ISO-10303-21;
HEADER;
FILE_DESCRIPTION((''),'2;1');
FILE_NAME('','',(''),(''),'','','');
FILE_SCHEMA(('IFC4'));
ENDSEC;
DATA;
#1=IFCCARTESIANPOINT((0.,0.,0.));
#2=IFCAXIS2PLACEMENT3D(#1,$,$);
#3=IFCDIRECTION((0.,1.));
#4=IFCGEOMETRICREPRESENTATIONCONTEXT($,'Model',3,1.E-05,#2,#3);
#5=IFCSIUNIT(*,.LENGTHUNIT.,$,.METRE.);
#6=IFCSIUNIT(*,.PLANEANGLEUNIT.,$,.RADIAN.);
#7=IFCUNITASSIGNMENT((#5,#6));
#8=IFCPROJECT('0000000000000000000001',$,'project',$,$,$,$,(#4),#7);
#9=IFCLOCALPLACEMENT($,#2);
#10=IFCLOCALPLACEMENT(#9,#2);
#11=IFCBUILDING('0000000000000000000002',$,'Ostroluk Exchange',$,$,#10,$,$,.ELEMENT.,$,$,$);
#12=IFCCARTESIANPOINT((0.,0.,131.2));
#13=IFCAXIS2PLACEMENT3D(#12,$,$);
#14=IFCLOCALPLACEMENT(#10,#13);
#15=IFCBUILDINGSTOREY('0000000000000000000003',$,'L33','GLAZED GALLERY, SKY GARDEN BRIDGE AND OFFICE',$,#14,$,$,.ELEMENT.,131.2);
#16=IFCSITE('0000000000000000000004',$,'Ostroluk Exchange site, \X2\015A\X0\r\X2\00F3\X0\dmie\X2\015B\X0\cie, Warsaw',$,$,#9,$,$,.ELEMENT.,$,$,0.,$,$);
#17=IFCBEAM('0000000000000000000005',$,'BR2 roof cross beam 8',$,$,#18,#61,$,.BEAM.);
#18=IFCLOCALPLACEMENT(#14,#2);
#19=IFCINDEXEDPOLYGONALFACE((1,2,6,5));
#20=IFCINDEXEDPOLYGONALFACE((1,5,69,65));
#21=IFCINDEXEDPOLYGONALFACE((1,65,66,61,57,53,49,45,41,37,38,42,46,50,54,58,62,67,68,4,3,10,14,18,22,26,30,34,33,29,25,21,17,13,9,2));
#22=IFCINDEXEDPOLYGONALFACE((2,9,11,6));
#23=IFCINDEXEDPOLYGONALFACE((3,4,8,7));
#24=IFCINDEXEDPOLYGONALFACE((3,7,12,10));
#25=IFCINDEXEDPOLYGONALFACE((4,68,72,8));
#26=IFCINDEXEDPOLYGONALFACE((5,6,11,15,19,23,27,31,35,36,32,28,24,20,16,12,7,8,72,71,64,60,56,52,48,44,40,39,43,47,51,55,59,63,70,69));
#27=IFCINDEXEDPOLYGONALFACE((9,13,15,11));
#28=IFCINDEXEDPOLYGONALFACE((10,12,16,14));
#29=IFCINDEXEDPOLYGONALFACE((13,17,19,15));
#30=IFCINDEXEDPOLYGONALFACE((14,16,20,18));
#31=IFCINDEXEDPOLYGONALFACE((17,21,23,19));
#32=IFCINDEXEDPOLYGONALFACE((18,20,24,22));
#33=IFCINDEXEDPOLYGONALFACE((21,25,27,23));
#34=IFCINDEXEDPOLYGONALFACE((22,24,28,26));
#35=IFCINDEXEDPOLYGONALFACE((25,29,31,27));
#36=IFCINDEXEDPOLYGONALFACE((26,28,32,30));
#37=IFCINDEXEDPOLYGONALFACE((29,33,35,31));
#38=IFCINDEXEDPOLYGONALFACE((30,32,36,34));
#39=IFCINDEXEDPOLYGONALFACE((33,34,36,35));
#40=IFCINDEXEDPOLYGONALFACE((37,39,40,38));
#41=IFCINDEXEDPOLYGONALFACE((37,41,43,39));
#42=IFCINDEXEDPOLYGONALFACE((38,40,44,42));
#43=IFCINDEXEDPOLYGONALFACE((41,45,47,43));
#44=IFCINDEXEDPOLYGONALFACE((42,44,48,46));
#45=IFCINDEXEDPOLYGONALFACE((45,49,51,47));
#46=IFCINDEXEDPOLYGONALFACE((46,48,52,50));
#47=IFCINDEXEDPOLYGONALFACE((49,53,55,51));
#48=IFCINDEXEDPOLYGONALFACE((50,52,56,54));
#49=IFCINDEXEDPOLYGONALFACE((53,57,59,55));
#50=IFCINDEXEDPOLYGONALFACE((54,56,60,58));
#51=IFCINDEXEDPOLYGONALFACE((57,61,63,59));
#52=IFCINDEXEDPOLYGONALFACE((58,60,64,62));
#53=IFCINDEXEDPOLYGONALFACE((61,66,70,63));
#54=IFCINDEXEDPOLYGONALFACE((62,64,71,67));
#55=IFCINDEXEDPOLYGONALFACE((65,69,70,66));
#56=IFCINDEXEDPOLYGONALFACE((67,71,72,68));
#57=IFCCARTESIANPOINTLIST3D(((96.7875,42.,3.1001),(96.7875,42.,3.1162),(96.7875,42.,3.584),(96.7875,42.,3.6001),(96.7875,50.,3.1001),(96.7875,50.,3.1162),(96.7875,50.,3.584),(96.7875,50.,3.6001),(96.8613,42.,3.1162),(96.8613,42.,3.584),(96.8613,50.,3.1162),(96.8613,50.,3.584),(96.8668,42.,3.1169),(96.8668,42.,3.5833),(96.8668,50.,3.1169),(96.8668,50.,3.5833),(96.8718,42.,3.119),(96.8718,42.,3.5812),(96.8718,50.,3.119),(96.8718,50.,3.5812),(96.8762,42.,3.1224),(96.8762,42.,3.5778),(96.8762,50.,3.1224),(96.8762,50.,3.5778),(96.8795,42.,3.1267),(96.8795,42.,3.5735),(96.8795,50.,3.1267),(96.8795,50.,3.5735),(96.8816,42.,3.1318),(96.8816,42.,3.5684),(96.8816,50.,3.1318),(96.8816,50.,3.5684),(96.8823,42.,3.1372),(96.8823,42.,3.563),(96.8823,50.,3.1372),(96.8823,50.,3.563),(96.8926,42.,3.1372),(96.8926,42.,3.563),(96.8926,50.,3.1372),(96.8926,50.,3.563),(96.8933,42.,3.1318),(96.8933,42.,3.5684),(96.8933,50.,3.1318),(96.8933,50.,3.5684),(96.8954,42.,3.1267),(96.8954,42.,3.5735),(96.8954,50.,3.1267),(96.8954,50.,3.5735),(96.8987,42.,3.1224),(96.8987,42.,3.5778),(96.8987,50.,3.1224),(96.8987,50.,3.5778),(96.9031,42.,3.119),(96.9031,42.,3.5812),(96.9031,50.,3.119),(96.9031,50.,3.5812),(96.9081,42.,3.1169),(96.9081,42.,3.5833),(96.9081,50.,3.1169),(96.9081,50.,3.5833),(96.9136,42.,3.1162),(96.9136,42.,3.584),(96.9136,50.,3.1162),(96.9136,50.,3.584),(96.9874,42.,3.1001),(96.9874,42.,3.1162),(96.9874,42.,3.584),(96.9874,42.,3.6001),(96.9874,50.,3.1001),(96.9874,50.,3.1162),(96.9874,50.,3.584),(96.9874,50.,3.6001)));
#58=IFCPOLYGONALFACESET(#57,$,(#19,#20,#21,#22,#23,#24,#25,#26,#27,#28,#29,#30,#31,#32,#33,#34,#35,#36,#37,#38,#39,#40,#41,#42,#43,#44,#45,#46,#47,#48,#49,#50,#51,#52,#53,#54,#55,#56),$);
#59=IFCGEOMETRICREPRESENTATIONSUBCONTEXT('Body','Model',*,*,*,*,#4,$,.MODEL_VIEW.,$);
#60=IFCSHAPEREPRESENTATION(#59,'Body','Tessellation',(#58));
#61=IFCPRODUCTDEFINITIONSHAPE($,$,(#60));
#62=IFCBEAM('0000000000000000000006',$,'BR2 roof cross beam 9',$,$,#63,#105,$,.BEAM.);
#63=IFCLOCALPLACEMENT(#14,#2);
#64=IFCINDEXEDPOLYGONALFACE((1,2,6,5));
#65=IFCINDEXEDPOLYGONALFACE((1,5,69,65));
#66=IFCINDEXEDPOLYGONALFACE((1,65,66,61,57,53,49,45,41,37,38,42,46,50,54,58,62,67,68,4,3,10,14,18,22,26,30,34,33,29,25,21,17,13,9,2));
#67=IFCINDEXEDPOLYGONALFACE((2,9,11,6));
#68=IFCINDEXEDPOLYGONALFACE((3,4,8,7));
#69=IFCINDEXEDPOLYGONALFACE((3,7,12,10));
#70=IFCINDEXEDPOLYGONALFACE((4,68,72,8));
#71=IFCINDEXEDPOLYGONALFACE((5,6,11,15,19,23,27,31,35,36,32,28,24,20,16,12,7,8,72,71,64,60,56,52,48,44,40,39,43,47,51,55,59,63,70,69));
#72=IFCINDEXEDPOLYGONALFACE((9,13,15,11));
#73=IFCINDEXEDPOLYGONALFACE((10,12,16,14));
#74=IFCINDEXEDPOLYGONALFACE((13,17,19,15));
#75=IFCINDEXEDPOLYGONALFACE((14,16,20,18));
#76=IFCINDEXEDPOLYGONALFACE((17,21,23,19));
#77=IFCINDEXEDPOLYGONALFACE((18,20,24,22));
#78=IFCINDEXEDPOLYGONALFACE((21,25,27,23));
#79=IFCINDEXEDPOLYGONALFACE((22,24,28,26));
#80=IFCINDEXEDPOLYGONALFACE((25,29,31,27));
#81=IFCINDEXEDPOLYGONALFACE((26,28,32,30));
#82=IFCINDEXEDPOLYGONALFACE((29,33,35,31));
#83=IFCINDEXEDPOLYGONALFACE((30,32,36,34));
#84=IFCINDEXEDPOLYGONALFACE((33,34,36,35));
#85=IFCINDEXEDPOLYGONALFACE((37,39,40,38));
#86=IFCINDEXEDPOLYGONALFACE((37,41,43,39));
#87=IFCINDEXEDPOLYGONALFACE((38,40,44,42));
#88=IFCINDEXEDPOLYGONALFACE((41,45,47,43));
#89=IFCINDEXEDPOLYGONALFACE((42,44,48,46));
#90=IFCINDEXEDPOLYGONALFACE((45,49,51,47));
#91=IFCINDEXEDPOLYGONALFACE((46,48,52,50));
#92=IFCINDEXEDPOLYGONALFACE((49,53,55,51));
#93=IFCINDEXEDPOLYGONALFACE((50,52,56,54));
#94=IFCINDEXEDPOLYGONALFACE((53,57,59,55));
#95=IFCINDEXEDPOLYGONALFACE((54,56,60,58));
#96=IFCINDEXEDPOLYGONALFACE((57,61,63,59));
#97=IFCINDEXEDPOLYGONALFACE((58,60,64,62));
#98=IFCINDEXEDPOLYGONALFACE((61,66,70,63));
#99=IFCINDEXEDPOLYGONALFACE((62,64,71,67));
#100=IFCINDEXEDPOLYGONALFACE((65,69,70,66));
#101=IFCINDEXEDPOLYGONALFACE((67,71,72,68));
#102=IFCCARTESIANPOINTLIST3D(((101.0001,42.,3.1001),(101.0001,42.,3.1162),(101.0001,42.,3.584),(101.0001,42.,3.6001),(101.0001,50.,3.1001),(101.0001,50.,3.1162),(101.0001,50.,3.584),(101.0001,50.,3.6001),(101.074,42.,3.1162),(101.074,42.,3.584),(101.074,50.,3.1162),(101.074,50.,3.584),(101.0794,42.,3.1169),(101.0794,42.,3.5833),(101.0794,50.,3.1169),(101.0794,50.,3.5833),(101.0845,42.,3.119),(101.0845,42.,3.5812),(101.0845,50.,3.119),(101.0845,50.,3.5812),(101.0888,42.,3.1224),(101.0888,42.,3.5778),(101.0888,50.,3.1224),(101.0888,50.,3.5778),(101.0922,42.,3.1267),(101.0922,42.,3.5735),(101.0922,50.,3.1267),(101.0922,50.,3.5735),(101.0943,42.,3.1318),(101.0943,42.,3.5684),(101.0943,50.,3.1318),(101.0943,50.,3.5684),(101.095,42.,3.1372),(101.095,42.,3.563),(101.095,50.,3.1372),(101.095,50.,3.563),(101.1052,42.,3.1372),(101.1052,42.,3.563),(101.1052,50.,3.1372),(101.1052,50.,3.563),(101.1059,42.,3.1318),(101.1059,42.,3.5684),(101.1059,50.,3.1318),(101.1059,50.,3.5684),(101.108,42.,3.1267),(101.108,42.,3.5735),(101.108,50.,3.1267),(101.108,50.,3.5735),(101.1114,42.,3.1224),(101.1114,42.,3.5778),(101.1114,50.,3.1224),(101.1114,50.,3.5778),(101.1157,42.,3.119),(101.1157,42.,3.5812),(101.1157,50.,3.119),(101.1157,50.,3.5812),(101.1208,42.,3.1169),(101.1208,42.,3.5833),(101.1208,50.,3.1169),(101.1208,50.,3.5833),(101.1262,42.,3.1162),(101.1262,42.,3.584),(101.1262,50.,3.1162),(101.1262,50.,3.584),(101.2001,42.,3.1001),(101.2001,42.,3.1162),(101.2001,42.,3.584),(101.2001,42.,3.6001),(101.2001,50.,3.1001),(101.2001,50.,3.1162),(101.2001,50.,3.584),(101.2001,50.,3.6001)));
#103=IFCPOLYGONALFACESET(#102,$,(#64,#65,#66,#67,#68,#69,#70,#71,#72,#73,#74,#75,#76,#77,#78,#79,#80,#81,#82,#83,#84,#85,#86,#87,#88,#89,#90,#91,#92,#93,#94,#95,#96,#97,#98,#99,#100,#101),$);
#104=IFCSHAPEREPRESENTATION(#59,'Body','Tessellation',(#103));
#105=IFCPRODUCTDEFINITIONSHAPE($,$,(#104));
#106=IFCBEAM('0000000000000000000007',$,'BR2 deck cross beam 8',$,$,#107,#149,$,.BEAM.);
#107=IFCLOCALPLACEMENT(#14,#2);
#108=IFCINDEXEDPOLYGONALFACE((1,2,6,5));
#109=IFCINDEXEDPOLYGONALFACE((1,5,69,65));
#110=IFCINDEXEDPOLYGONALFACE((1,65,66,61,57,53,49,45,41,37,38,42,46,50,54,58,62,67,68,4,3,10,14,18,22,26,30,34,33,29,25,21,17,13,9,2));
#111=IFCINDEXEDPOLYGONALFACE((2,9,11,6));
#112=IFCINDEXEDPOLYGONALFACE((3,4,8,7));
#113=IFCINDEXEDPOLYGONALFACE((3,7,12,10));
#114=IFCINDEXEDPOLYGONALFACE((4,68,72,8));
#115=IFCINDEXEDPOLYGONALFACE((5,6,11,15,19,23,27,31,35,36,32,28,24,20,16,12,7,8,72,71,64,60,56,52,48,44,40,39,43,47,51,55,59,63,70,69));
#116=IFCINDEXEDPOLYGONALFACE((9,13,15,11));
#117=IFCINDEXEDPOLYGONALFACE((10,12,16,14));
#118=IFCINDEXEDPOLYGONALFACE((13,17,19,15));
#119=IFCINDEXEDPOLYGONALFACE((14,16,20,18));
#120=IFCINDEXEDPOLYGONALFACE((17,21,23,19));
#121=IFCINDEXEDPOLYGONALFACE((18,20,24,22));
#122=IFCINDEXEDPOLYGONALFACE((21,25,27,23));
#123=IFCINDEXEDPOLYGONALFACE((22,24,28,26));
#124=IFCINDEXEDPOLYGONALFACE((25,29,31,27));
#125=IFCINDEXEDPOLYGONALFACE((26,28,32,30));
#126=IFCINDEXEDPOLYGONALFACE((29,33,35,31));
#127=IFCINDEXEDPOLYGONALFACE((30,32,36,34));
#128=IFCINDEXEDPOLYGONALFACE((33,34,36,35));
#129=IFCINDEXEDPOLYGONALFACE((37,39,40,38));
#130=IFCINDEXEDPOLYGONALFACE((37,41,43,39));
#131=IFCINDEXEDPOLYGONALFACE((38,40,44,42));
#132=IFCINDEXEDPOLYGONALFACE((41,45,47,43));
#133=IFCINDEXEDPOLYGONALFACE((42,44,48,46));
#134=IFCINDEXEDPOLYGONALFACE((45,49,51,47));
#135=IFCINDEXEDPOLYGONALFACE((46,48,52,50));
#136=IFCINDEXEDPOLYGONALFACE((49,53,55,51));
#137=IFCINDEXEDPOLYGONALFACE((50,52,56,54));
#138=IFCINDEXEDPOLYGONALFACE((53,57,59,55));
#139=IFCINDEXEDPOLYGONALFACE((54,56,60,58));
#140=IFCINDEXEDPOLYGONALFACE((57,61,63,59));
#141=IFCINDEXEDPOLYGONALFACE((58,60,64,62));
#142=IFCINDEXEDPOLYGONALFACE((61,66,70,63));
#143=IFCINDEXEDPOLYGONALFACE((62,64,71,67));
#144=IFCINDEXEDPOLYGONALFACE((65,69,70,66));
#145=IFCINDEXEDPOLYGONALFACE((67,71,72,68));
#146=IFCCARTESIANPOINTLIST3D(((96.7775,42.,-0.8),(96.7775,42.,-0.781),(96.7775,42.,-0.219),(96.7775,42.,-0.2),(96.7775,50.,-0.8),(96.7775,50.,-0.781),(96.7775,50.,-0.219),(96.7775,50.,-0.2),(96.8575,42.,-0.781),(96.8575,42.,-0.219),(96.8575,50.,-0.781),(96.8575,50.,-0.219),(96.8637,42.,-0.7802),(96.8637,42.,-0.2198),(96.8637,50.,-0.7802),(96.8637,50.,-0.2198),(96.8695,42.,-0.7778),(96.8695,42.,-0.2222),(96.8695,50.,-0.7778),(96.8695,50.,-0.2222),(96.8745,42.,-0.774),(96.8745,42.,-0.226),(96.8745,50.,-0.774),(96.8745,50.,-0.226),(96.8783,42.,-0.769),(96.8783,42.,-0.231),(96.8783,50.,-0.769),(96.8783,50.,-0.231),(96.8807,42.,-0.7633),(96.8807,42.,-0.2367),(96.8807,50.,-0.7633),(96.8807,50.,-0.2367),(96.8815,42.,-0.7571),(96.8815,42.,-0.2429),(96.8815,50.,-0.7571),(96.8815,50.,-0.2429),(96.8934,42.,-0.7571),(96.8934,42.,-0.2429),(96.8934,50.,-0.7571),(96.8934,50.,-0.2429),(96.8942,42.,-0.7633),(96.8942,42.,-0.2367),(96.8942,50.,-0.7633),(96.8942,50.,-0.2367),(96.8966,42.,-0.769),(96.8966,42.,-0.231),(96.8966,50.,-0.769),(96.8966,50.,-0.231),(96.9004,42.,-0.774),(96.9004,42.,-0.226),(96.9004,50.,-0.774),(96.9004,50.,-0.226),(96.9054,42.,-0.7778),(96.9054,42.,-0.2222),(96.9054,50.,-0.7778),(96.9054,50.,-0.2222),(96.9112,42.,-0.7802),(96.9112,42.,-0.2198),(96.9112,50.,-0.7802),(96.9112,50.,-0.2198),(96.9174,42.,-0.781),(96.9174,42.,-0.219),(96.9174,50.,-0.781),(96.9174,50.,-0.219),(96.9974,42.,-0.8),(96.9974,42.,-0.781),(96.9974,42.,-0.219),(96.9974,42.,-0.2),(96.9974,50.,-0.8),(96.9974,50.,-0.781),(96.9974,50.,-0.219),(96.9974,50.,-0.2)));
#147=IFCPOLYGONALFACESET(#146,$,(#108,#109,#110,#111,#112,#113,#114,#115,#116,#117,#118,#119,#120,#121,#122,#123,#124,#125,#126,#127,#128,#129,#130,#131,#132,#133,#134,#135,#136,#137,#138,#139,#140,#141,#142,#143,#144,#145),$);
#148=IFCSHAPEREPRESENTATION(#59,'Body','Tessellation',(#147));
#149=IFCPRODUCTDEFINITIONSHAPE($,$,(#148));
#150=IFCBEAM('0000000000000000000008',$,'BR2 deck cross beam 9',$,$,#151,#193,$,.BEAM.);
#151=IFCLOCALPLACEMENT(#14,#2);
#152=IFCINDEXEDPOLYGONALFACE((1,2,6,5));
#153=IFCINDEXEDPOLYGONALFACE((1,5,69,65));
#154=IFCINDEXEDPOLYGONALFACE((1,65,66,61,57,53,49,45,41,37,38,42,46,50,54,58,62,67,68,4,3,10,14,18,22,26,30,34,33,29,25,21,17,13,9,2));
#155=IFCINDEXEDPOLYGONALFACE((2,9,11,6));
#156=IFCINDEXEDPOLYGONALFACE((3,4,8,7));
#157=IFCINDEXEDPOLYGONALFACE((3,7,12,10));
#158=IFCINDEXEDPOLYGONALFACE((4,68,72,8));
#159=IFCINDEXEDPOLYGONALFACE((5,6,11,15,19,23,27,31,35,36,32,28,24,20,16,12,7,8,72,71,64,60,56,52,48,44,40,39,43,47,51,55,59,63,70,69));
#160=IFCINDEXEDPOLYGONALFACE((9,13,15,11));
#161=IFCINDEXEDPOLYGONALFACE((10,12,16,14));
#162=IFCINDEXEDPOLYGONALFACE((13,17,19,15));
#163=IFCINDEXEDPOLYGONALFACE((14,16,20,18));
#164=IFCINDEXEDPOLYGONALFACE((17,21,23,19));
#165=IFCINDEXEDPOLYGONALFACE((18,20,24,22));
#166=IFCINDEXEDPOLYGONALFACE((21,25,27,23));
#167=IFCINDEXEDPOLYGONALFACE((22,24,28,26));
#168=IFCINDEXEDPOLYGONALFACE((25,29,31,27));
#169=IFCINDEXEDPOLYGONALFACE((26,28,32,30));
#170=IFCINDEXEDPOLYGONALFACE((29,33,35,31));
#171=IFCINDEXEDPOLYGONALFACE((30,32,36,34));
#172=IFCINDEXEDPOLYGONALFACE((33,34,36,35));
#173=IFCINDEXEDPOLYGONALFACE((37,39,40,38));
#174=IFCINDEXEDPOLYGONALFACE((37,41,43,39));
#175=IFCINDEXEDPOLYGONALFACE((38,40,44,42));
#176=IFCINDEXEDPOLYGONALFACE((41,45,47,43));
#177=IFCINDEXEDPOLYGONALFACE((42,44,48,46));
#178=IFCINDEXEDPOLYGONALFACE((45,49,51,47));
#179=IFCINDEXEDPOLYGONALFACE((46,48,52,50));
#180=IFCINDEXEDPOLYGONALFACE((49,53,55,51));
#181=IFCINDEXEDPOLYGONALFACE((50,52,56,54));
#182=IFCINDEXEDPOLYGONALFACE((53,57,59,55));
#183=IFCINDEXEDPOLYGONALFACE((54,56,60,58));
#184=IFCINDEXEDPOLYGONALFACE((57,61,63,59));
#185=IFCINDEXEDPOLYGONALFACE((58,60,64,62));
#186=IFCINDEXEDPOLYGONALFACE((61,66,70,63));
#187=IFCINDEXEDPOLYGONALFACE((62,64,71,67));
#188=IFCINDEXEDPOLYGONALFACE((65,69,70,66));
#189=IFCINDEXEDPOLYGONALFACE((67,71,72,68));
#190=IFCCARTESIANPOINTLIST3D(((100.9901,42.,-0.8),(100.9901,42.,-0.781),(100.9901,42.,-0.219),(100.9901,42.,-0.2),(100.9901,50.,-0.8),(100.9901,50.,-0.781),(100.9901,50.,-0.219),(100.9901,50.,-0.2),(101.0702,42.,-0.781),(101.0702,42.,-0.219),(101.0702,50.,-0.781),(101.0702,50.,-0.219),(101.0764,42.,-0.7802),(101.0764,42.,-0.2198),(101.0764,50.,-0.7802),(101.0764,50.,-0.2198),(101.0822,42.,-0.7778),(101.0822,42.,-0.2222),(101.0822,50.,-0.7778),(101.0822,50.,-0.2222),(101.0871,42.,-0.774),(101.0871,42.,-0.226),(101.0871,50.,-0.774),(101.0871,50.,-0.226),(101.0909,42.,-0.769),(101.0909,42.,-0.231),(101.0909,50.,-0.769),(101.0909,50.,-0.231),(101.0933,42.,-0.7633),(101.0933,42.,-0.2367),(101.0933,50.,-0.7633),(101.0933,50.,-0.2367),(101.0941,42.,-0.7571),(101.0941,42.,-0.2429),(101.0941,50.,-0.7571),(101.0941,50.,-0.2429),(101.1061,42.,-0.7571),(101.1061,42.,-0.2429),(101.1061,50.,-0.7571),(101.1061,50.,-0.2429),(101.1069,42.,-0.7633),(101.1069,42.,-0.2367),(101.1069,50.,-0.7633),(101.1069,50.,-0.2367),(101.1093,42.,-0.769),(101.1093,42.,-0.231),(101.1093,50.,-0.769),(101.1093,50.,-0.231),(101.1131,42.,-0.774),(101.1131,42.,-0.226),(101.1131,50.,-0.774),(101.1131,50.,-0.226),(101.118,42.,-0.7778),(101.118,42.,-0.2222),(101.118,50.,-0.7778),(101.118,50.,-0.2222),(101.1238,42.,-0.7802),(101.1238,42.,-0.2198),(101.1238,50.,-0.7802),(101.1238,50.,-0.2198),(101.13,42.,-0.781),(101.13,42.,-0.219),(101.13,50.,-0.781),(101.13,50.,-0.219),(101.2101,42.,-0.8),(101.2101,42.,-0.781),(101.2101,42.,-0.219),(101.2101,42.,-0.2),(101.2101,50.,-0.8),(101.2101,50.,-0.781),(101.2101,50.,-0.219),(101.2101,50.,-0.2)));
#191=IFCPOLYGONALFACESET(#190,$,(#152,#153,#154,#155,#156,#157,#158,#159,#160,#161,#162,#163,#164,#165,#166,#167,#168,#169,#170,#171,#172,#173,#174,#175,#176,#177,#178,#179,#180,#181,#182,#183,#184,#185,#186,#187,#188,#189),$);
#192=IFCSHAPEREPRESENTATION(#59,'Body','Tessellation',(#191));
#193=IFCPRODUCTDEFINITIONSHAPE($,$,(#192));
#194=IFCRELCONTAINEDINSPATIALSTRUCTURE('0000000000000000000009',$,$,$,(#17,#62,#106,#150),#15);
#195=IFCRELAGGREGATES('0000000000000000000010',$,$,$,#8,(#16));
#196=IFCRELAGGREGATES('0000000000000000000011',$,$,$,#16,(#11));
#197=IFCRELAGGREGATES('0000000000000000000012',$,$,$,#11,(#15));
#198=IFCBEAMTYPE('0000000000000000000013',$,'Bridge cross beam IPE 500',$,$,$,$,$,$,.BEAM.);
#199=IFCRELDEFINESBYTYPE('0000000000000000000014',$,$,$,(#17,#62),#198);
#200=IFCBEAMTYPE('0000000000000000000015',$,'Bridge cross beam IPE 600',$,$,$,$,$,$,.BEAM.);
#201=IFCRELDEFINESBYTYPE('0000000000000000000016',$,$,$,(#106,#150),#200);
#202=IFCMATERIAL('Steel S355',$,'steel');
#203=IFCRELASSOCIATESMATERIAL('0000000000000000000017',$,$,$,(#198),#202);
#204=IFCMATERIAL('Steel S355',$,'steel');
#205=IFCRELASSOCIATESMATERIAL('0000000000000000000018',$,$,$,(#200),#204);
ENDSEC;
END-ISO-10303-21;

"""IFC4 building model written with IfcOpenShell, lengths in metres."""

from ifc_helpers import new_model, si_unit, direction, frame, origin, origin_2d, place, context, subcontext, project, spatial, i_section, extrude, material, material_profile, profile_set, type_object, element, save


model = new_model("IFC4")

# Units and contexts
model_context = context("Model", 3, precision=1e-05, world=origin(), true_north=direction((0.0, 1.0)))
body_context = subcontext(model_context, "Body", "Model", "MODEL_VIEW")
ifc_project = project(units=[si_unit("LENGTHUNIT", "METRE"), si_unit("PLANEANGLEUNIT", "RADIAN")], contexts=[model_context])

# Site, building, storey
site_placement = place(None, origin())
site = spatial("IfcSite", under=ifc_project, at=site_placement, Name="Ostroluk Exchange site, Śródmieście, Warsaw", CompositionType="ELEMENT", RefElevation=0.0)
building_placement = place(site_placement, origin())
building = spatial("IfcBuilding", under=site, at=building_placement, Name="Ostroluk Exchange", CompositionType="ELEMENT")
storey_placement = place(building_placement, frame((0.0, 0.0, 131.2)))
storey = spatial("IfcBuildingStorey", under=building, at=storey_placement, Name="L33", Description="GLAZED GALLERY, SKY GARDEN BRIDGE AND OFFICE", CompositionType="ELEMENT", Elevation=131.2)

# Beams
ifc_material_1 = material(Name="Steel S355", Category="steel")
ifc_material_profile_1 = material_profile(ifc_material_1, i_section(OverallWidth=0.2, OverallDepth=0.5, WebThickness=0.0103, FlangeThickness=0.0161, FilletRadius=0.021, at=origin_2d()), Name="IPE 500")
ifc_profile_set_1 = profile_set([ifc_material_profile_1], Name="Steel S355")
beam_type_1 = type_object("IfcBeamType", Name="Bridge cross beam IPE 500", PredefinedType="BEAM", material=ifc_profile_set_1)
for number, where, z_axis, x_axis, name in (
    (1, (96.8875, 42.0, 3.3501), (0.0, 1.0, 0.0), (-1.0, 0.0, 0.0), "BR2 roof cross beam 8"),
    (2, (101.1001, 42.0, 3.3501), (0.0, 1.0, 0.0), (-1.0, 0.0, 0.0), "BR2 roof cross beam 9"),
):
    element("IfcBeam", number, at=place(storey_placement, frame(where, z_axis=z_axis, x_axis=x_axis)), inside=storey, type_object=beam_type_1, Name=name, PredefinedType="BEAM", context=body_context, shape_type="SweptSolid", body=[
        extrude(i_section(OverallWidth=0.2, OverallDepth=0.5, WebThickness=0.0103, FlangeThickness=0.0161, FilletRadius=0.021, at=origin_2d()), origin(), (0.0, 0.0, 1.0), 8.0),
    ])
ifc_material_2 = material(Name="Steel S355", Category="steel")
ifc_material_profile_2 = material_profile(ifc_material_2, i_section(OverallWidth=0.22, OverallDepth=0.6001, WebThickness=0.012, FlangeThickness=0.019, FilletRadius=0.0239, at=origin_2d()), Name="IPE 600")
ifc_profile_set_2 = profile_set([ifc_material_profile_2], Name="Steel S355")
beam_type_2 = type_object("IfcBeamType", Name="Bridge cross beam IPE 600", PredefinedType="BEAM", material=ifc_profile_set_2)
for number, where, z_axis, x_axis, name in (
    (3, (96.8875, 42.0, -0.5), (0.0, 1.0, 0.0), (-1.0, 0.0, 0.0), "BR2 deck cross beam 8"),
    (4, (101.1001, 42.0, -0.5), (0.0, 1.0, 0.0), (-1.0, 0.0, 0.0), "BR2 deck cross beam 9"),
):
    element("IfcBeam", number, at=place(storey_placement, frame(where, z_axis=z_axis, x_axis=x_axis)), inside=storey, type_object=beam_type_2, Name=name, PredefinedType="BEAM", context=body_context, shape_type="SweptSolid", body=[
        extrude(i_section(OverallWidth=0.22, OverallDepth=0.6001, WebThickness=0.012, FlangeThickness=0.019, FilletRadius=0.0239, at=origin_2d()), origin(), (0.0, 0.0, 1.0), 8.0),
    ])

save(model, "model.ifc")
